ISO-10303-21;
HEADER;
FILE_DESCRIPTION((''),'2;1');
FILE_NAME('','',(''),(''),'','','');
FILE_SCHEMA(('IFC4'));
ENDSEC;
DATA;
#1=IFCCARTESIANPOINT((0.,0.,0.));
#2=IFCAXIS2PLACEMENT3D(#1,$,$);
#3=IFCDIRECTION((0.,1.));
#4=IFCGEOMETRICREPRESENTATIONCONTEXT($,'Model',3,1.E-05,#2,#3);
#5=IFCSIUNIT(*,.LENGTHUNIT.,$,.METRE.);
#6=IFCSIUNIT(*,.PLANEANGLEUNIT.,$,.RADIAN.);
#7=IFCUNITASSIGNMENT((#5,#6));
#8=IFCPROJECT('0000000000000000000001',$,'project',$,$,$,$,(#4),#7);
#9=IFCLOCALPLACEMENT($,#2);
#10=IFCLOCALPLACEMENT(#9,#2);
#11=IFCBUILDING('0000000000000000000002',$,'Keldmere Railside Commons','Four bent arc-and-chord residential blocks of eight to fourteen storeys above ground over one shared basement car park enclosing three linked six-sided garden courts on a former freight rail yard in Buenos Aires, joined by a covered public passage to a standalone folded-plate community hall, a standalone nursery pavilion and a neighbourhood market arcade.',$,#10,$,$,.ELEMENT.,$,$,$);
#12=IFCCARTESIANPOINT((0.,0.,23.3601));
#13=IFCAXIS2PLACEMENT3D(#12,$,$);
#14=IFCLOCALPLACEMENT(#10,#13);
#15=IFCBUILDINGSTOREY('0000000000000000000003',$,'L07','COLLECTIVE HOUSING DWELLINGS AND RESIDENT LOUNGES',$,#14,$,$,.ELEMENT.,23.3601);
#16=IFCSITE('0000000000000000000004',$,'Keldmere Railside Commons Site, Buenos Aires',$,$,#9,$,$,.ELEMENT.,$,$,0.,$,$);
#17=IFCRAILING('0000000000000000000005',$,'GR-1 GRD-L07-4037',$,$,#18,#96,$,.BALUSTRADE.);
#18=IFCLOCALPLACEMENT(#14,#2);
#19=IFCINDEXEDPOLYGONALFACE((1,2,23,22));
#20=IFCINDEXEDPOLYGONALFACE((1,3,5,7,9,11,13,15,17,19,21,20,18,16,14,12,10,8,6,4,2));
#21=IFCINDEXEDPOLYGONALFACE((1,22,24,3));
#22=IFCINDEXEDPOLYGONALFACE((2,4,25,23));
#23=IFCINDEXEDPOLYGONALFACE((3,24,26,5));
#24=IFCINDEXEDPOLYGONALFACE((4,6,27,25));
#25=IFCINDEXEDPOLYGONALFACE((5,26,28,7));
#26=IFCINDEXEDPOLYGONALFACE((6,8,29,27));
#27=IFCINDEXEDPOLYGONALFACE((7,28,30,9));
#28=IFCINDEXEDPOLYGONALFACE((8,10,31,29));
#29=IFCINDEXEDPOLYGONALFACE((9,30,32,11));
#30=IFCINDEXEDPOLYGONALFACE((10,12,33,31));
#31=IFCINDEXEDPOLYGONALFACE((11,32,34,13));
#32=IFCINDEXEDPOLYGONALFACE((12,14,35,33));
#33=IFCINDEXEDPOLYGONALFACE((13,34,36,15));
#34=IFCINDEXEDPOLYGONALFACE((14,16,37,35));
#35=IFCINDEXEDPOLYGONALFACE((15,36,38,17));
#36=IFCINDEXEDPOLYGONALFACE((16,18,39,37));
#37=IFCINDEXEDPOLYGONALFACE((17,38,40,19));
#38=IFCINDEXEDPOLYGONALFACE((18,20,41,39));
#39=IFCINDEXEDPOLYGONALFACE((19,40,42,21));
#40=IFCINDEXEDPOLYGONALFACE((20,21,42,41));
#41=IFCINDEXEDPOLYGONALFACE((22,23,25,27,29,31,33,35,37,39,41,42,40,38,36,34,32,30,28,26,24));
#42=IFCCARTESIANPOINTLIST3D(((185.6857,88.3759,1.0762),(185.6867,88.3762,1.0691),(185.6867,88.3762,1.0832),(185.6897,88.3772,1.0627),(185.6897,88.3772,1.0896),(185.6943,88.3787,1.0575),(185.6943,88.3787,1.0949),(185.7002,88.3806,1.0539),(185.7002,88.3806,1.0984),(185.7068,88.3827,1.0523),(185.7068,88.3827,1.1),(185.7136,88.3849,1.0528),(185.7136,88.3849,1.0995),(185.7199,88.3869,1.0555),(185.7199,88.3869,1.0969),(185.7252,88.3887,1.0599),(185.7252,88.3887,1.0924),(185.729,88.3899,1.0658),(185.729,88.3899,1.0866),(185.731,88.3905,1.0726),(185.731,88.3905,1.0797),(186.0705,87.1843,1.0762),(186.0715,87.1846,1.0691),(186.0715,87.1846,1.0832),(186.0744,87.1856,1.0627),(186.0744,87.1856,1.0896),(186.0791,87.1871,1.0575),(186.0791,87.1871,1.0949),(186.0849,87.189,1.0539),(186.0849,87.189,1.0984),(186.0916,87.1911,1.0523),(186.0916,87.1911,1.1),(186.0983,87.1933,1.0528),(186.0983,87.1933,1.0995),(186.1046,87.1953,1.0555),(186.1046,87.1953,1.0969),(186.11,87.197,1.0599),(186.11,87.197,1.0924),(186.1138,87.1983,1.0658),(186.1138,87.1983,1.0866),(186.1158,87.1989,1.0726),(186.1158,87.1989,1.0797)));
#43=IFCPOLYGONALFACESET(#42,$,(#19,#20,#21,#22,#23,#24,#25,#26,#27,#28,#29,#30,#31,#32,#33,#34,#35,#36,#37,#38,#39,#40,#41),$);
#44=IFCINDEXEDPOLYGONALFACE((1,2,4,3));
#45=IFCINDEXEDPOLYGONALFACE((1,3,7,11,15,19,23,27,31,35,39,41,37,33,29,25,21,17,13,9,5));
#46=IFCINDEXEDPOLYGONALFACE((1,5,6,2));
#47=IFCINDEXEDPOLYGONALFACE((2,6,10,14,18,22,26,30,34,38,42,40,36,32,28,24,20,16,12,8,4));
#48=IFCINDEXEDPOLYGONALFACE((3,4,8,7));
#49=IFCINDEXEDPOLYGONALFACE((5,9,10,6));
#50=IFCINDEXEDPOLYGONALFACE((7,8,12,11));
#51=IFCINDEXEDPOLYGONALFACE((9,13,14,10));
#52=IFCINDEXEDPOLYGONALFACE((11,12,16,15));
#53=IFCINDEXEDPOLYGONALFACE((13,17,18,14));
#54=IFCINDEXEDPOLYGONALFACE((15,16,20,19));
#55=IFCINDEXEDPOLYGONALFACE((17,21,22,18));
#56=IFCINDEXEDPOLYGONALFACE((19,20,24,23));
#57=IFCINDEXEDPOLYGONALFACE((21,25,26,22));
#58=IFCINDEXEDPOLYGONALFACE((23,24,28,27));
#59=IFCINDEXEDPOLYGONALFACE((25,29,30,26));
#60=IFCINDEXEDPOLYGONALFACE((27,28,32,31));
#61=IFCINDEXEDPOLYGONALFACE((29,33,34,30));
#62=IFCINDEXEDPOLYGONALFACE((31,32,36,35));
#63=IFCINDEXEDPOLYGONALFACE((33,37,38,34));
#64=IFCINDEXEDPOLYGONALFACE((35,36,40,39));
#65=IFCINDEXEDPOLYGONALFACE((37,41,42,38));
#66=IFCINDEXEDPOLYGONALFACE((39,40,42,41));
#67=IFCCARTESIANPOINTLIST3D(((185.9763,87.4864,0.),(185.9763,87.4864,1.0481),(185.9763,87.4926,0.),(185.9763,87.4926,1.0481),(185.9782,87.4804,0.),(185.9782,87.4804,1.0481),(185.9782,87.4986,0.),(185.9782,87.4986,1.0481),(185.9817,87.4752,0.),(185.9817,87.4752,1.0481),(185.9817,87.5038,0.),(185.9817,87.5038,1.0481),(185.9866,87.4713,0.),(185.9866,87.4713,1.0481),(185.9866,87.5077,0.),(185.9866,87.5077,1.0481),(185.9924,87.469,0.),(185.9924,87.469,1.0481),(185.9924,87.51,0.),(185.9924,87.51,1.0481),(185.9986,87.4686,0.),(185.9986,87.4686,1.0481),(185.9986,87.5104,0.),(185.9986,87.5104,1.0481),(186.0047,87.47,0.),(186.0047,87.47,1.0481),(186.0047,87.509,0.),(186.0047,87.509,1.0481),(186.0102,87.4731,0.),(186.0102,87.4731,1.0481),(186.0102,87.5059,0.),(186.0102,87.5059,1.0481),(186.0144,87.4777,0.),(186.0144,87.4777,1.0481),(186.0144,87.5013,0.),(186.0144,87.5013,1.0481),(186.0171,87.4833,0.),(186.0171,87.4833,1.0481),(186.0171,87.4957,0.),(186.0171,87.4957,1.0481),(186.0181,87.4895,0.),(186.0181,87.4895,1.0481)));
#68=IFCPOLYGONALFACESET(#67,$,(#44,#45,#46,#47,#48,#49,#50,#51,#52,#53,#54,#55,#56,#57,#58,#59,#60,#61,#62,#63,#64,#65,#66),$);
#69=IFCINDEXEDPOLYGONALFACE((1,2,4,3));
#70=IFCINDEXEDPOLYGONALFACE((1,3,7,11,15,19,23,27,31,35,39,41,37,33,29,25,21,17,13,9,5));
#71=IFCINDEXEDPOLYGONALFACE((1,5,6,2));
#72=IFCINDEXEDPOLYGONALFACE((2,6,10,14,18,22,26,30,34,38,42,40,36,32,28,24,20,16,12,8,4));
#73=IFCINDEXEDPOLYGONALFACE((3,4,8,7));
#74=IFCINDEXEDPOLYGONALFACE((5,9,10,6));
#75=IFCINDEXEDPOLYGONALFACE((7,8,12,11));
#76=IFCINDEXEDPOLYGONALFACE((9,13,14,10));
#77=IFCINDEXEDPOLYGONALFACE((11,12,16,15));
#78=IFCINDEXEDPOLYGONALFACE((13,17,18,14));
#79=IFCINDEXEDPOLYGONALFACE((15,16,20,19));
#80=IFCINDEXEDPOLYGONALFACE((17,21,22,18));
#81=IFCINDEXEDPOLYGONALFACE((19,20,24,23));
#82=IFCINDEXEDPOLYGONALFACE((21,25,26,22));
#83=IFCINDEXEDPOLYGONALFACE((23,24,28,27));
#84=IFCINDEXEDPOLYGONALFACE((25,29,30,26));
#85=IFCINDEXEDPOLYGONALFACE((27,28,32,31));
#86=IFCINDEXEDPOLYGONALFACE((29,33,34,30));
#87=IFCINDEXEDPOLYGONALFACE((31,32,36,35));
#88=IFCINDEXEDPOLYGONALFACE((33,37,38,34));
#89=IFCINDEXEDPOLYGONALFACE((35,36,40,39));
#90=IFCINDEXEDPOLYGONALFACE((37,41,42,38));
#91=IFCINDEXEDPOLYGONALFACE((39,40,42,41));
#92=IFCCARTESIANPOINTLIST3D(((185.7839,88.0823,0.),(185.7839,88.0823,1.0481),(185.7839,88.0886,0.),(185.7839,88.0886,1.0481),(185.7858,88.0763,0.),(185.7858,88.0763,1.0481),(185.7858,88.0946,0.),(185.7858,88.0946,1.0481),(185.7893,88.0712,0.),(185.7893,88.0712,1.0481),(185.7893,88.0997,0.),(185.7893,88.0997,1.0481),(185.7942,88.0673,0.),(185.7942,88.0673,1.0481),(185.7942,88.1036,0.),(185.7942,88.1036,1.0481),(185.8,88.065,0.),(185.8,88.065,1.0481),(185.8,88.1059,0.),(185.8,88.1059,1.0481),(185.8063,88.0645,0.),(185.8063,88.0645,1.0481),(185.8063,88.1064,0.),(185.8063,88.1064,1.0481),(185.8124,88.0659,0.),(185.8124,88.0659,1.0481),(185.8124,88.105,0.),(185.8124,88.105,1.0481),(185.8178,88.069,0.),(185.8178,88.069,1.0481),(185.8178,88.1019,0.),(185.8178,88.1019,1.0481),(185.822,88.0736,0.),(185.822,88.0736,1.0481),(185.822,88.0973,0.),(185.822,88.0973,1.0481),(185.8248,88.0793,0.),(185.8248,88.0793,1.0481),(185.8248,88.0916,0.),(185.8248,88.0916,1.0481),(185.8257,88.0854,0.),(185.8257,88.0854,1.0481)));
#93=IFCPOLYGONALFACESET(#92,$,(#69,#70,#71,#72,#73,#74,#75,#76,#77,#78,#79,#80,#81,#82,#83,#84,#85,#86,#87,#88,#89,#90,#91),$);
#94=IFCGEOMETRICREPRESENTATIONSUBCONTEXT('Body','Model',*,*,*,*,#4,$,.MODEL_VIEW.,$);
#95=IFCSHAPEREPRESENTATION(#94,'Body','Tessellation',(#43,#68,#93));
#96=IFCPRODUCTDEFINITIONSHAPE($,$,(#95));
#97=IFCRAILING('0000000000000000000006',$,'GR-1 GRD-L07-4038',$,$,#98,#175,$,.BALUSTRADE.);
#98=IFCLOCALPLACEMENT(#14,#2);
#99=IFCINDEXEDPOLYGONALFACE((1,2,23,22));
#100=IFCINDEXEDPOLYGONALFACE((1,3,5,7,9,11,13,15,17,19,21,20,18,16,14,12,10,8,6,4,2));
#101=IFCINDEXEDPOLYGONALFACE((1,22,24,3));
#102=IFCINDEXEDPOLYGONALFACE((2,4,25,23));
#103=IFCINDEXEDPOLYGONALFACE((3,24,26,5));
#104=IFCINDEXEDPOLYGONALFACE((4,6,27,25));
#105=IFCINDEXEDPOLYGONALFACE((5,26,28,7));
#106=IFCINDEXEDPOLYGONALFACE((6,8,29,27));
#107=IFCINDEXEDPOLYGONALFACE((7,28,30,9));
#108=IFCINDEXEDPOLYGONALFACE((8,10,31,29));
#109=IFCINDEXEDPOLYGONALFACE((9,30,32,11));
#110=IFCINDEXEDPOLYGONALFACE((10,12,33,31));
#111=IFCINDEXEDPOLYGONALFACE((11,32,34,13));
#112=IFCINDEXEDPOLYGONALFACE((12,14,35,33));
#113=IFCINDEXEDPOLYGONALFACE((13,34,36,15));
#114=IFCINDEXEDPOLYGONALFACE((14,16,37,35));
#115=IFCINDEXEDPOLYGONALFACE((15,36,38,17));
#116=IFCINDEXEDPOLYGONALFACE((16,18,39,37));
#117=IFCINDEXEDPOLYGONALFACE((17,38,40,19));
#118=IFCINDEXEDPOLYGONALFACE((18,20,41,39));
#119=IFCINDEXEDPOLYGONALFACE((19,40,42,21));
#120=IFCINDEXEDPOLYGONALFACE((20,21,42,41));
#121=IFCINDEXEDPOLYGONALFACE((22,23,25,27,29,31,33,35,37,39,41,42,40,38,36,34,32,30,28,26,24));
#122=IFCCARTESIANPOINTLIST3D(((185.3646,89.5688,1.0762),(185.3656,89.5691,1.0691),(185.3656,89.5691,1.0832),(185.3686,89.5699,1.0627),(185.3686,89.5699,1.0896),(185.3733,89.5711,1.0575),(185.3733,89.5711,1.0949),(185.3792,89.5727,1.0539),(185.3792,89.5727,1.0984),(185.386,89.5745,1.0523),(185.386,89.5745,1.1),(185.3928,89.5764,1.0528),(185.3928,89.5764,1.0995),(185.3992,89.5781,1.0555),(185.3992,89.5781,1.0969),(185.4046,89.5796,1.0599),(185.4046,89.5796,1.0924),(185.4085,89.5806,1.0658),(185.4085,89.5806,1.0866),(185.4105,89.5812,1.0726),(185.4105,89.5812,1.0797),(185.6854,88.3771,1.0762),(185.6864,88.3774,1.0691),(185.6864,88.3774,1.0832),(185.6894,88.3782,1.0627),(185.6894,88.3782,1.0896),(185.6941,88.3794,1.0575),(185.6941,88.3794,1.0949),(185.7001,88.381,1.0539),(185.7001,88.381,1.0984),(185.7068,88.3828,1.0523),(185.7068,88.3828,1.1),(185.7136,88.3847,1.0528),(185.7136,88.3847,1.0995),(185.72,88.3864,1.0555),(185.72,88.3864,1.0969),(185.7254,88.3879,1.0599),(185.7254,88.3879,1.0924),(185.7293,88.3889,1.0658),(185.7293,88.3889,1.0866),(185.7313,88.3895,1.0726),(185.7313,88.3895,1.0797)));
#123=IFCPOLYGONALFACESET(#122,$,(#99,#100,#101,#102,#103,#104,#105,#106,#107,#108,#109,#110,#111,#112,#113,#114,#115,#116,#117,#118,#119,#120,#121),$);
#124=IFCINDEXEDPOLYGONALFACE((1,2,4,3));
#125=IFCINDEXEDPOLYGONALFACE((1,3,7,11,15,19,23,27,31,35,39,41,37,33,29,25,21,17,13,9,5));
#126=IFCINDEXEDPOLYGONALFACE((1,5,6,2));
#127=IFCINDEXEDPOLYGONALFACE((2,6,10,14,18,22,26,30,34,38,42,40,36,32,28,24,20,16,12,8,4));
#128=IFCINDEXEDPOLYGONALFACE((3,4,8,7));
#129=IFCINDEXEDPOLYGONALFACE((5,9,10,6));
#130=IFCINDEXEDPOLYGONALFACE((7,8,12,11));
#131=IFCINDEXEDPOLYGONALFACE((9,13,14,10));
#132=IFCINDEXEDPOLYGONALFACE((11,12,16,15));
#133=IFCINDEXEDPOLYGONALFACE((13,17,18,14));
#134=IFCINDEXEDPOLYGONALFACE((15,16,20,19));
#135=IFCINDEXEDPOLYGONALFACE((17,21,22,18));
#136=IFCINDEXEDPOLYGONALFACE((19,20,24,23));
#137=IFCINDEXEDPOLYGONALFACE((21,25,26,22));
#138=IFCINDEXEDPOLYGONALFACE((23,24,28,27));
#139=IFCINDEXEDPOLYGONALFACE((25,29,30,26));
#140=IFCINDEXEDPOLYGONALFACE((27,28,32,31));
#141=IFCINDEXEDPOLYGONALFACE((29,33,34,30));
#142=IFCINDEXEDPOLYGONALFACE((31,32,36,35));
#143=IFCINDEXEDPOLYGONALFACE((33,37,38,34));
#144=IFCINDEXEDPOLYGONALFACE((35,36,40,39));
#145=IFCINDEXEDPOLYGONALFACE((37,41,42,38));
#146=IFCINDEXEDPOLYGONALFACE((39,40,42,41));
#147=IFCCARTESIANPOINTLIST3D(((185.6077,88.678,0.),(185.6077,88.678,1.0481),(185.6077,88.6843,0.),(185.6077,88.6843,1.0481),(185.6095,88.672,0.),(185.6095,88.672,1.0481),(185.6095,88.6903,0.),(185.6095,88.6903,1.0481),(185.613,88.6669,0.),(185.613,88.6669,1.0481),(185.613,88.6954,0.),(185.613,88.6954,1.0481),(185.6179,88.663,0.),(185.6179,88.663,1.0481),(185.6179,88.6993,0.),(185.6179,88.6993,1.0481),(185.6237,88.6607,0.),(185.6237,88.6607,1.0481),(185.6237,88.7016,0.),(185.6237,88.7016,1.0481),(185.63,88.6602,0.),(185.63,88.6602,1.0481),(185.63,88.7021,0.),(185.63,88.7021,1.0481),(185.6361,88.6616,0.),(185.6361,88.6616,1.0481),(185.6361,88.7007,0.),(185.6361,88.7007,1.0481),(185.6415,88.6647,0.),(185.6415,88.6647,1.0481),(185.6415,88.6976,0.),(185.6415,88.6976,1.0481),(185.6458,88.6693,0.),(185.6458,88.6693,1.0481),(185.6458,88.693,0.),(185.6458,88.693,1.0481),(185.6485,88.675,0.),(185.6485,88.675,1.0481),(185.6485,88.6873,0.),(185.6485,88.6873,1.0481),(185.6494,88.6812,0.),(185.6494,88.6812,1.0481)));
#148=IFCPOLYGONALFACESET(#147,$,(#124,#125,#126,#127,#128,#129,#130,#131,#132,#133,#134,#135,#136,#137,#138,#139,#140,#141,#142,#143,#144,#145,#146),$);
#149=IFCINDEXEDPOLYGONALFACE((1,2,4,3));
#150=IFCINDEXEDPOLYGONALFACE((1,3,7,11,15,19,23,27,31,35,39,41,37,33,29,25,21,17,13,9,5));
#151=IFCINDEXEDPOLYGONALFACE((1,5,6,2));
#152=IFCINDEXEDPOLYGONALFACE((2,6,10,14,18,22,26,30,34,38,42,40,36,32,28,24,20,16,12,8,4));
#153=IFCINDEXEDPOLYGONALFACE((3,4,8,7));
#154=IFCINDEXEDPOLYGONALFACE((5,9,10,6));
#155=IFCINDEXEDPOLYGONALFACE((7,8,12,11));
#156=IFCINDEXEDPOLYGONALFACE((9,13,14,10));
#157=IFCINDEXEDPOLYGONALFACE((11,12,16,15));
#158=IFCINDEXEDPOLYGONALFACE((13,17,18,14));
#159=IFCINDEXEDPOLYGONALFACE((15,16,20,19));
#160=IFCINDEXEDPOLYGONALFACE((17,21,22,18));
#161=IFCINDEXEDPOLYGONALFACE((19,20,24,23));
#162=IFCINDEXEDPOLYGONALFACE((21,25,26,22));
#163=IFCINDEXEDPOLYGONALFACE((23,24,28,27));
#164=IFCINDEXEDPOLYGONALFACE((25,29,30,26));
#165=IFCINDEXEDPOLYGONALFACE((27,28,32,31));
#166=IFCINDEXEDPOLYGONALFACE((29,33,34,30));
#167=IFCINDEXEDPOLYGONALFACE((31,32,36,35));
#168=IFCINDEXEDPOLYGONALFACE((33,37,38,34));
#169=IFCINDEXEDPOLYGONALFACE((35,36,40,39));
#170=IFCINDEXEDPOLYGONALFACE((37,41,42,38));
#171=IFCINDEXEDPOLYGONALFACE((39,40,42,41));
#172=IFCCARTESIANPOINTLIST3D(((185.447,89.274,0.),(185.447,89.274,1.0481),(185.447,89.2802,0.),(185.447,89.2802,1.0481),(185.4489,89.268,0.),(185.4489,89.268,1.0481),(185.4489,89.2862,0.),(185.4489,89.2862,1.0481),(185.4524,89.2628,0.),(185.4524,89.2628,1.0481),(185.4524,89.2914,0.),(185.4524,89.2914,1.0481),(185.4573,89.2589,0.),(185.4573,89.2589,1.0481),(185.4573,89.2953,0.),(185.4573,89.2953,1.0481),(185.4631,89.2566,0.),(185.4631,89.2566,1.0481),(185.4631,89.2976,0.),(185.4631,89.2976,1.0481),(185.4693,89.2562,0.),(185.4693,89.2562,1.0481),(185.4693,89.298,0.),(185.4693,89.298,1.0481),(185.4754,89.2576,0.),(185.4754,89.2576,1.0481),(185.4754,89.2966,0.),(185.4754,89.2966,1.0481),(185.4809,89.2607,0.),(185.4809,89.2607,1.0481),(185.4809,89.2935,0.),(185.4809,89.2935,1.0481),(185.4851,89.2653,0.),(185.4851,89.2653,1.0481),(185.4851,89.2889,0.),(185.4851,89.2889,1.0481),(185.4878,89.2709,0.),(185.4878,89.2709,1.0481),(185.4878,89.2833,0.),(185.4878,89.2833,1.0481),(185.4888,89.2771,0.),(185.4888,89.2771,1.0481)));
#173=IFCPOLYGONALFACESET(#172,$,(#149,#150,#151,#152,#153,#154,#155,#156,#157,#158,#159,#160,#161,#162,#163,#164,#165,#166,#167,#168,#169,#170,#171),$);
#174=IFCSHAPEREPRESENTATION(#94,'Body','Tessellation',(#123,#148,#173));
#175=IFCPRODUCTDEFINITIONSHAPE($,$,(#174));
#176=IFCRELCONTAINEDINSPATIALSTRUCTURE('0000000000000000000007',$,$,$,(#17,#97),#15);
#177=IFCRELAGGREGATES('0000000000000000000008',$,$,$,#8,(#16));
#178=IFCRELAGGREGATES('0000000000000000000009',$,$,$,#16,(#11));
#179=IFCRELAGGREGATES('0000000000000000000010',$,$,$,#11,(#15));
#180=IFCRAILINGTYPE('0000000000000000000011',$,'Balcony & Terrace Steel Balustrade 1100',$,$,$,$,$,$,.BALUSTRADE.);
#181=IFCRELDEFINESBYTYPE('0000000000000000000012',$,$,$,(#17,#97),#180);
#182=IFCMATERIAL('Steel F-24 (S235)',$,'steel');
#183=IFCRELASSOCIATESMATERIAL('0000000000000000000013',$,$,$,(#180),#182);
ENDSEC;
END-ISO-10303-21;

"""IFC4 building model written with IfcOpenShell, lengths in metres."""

from ifc_helpers import new_model, si_unit, direction, frame, origin, origin_2d, place, context, subcontext, project, spatial, circle, extrude, material, type_object, element, save


model = new_model("IFC4")

# Units and contexts
model_context = context("Model", 3, precision=1e-05, world=origin(), true_north=direction((0.0, 1.0)))
body_context = subcontext(model_context, "Body", "Model", "MODEL_VIEW")
ifc_project = project(units=[si_unit("LENGTHUNIT", "METRE"), si_unit("PLANEANGLEUNIT", "RADIAN")], contexts=[model_context])

# Site, building, storey
site_placement = place(None, origin())
site = spatial("IfcSite", under=ifc_project, at=site_placement, Name="Keldmere Railside Commons Site, Buenos Aires", CompositionType="ELEMENT", RefElevation=0.0)
building_placement = place(site_placement, origin())
building = spatial("IfcBuilding", under=site, at=building_placement, Name="Keldmere Railside Commons", Description="Four bent arc-and-chord residential blocks of eight to fourteen storeys above ground over one shared basement car park enclosing three linked six-sided garden courts on a former freight rail yard in Buenos Aires, joined by a covered public passage to a standalone folded-plate community hall, a standalone nursery pavilion and a neighbourhood market arcade.", CompositionType="ELEMENT")
storey_placement = place(building_placement, frame((0.0, 0.0, 23.3601)))
storey = spatial("IfcBuildingStorey", under=building, at=storey_placement, Name="L07", Description="COLLECTIVE HOUSING DWELLINGS AND RESIDENT LOUNGES", CompositionType="ELEMENT", Elevation=23.3601)

# Railings
ifc_material_1 = material(Name="Steel F-24 (S235)", Category="steel")
railing_type = type_object("IfcRailingType", Name="Balcony & Terrace Steel Balustrade 1100", PredefinedType="BALUSTRADE", material=ifc_material_1)
railing_1_placement = place(storey_placement, frame((186.0933, 87.1917, 0.0)))
element("IfcRailing", 1, at=railing_1_placement, inside=storey, type_object=railing_type, Name="GR-1 GRD-L07-4037", PredefinedType="BALUSTRADE", context=body_context, shape_type="SweptSolid", body=[
    extrude(circle(Radius=0.0239, at=origin_2d()), frame((0.0, 0.0, 1.0762), z_axis=(-0.307265, 0.951624, 0.0), x_axis=(-0.951624, -0.307265, 0.0)), (0.0, 0.0, 1.0), 1.2522),
    extrude(circle(Radius=0.021, at=origin_2d()), frame((-0.0962, 0.2979, 0.0)), (0.0, 0.0, 1.0), 1.0481),
    extrude(circle(Radius=0.021, at=origin_2d()), frame((-0.2886, 0.8938, 0.0)), (0.0, 0.0, 1.0), 1.0481),
])
railing_2_placement = place(storey_placement, frame((185.7085, 88.3833, 0.0)))
element("IfcRailing", 2, at=railing_2_placement, inside=storey, type_object=railing_type, Name="GR-1 GRD-L07-4038", PredefinedType="BALUSTRADE", context=body_context, shape_type="SweptSolid", body=[
    extrude(circle(Radius=0.0239, at=origin_2d()), frame((0.0, 0.0, 1.0762), z_axis=(-0.259952, 0.965621, 0.0), x_axis=(-0.965621, -0.259952, 0.0)), (0.0, 0.0, 1.0), 1.2341),
    extrude(circle(Radius=0.021, at=origin_2d()), frame((-0.0801, 0.2979, 0.0)), (0.0, 0.0, 1.0), 1.0481),
    extrude(circle(Radius=0.021, at=origin_2d()), frame((-0.2407, 0.8938, 0.0)), (0.0, 0.0, 1.0), 1.0481),
])

save(model, "model.ifc")
